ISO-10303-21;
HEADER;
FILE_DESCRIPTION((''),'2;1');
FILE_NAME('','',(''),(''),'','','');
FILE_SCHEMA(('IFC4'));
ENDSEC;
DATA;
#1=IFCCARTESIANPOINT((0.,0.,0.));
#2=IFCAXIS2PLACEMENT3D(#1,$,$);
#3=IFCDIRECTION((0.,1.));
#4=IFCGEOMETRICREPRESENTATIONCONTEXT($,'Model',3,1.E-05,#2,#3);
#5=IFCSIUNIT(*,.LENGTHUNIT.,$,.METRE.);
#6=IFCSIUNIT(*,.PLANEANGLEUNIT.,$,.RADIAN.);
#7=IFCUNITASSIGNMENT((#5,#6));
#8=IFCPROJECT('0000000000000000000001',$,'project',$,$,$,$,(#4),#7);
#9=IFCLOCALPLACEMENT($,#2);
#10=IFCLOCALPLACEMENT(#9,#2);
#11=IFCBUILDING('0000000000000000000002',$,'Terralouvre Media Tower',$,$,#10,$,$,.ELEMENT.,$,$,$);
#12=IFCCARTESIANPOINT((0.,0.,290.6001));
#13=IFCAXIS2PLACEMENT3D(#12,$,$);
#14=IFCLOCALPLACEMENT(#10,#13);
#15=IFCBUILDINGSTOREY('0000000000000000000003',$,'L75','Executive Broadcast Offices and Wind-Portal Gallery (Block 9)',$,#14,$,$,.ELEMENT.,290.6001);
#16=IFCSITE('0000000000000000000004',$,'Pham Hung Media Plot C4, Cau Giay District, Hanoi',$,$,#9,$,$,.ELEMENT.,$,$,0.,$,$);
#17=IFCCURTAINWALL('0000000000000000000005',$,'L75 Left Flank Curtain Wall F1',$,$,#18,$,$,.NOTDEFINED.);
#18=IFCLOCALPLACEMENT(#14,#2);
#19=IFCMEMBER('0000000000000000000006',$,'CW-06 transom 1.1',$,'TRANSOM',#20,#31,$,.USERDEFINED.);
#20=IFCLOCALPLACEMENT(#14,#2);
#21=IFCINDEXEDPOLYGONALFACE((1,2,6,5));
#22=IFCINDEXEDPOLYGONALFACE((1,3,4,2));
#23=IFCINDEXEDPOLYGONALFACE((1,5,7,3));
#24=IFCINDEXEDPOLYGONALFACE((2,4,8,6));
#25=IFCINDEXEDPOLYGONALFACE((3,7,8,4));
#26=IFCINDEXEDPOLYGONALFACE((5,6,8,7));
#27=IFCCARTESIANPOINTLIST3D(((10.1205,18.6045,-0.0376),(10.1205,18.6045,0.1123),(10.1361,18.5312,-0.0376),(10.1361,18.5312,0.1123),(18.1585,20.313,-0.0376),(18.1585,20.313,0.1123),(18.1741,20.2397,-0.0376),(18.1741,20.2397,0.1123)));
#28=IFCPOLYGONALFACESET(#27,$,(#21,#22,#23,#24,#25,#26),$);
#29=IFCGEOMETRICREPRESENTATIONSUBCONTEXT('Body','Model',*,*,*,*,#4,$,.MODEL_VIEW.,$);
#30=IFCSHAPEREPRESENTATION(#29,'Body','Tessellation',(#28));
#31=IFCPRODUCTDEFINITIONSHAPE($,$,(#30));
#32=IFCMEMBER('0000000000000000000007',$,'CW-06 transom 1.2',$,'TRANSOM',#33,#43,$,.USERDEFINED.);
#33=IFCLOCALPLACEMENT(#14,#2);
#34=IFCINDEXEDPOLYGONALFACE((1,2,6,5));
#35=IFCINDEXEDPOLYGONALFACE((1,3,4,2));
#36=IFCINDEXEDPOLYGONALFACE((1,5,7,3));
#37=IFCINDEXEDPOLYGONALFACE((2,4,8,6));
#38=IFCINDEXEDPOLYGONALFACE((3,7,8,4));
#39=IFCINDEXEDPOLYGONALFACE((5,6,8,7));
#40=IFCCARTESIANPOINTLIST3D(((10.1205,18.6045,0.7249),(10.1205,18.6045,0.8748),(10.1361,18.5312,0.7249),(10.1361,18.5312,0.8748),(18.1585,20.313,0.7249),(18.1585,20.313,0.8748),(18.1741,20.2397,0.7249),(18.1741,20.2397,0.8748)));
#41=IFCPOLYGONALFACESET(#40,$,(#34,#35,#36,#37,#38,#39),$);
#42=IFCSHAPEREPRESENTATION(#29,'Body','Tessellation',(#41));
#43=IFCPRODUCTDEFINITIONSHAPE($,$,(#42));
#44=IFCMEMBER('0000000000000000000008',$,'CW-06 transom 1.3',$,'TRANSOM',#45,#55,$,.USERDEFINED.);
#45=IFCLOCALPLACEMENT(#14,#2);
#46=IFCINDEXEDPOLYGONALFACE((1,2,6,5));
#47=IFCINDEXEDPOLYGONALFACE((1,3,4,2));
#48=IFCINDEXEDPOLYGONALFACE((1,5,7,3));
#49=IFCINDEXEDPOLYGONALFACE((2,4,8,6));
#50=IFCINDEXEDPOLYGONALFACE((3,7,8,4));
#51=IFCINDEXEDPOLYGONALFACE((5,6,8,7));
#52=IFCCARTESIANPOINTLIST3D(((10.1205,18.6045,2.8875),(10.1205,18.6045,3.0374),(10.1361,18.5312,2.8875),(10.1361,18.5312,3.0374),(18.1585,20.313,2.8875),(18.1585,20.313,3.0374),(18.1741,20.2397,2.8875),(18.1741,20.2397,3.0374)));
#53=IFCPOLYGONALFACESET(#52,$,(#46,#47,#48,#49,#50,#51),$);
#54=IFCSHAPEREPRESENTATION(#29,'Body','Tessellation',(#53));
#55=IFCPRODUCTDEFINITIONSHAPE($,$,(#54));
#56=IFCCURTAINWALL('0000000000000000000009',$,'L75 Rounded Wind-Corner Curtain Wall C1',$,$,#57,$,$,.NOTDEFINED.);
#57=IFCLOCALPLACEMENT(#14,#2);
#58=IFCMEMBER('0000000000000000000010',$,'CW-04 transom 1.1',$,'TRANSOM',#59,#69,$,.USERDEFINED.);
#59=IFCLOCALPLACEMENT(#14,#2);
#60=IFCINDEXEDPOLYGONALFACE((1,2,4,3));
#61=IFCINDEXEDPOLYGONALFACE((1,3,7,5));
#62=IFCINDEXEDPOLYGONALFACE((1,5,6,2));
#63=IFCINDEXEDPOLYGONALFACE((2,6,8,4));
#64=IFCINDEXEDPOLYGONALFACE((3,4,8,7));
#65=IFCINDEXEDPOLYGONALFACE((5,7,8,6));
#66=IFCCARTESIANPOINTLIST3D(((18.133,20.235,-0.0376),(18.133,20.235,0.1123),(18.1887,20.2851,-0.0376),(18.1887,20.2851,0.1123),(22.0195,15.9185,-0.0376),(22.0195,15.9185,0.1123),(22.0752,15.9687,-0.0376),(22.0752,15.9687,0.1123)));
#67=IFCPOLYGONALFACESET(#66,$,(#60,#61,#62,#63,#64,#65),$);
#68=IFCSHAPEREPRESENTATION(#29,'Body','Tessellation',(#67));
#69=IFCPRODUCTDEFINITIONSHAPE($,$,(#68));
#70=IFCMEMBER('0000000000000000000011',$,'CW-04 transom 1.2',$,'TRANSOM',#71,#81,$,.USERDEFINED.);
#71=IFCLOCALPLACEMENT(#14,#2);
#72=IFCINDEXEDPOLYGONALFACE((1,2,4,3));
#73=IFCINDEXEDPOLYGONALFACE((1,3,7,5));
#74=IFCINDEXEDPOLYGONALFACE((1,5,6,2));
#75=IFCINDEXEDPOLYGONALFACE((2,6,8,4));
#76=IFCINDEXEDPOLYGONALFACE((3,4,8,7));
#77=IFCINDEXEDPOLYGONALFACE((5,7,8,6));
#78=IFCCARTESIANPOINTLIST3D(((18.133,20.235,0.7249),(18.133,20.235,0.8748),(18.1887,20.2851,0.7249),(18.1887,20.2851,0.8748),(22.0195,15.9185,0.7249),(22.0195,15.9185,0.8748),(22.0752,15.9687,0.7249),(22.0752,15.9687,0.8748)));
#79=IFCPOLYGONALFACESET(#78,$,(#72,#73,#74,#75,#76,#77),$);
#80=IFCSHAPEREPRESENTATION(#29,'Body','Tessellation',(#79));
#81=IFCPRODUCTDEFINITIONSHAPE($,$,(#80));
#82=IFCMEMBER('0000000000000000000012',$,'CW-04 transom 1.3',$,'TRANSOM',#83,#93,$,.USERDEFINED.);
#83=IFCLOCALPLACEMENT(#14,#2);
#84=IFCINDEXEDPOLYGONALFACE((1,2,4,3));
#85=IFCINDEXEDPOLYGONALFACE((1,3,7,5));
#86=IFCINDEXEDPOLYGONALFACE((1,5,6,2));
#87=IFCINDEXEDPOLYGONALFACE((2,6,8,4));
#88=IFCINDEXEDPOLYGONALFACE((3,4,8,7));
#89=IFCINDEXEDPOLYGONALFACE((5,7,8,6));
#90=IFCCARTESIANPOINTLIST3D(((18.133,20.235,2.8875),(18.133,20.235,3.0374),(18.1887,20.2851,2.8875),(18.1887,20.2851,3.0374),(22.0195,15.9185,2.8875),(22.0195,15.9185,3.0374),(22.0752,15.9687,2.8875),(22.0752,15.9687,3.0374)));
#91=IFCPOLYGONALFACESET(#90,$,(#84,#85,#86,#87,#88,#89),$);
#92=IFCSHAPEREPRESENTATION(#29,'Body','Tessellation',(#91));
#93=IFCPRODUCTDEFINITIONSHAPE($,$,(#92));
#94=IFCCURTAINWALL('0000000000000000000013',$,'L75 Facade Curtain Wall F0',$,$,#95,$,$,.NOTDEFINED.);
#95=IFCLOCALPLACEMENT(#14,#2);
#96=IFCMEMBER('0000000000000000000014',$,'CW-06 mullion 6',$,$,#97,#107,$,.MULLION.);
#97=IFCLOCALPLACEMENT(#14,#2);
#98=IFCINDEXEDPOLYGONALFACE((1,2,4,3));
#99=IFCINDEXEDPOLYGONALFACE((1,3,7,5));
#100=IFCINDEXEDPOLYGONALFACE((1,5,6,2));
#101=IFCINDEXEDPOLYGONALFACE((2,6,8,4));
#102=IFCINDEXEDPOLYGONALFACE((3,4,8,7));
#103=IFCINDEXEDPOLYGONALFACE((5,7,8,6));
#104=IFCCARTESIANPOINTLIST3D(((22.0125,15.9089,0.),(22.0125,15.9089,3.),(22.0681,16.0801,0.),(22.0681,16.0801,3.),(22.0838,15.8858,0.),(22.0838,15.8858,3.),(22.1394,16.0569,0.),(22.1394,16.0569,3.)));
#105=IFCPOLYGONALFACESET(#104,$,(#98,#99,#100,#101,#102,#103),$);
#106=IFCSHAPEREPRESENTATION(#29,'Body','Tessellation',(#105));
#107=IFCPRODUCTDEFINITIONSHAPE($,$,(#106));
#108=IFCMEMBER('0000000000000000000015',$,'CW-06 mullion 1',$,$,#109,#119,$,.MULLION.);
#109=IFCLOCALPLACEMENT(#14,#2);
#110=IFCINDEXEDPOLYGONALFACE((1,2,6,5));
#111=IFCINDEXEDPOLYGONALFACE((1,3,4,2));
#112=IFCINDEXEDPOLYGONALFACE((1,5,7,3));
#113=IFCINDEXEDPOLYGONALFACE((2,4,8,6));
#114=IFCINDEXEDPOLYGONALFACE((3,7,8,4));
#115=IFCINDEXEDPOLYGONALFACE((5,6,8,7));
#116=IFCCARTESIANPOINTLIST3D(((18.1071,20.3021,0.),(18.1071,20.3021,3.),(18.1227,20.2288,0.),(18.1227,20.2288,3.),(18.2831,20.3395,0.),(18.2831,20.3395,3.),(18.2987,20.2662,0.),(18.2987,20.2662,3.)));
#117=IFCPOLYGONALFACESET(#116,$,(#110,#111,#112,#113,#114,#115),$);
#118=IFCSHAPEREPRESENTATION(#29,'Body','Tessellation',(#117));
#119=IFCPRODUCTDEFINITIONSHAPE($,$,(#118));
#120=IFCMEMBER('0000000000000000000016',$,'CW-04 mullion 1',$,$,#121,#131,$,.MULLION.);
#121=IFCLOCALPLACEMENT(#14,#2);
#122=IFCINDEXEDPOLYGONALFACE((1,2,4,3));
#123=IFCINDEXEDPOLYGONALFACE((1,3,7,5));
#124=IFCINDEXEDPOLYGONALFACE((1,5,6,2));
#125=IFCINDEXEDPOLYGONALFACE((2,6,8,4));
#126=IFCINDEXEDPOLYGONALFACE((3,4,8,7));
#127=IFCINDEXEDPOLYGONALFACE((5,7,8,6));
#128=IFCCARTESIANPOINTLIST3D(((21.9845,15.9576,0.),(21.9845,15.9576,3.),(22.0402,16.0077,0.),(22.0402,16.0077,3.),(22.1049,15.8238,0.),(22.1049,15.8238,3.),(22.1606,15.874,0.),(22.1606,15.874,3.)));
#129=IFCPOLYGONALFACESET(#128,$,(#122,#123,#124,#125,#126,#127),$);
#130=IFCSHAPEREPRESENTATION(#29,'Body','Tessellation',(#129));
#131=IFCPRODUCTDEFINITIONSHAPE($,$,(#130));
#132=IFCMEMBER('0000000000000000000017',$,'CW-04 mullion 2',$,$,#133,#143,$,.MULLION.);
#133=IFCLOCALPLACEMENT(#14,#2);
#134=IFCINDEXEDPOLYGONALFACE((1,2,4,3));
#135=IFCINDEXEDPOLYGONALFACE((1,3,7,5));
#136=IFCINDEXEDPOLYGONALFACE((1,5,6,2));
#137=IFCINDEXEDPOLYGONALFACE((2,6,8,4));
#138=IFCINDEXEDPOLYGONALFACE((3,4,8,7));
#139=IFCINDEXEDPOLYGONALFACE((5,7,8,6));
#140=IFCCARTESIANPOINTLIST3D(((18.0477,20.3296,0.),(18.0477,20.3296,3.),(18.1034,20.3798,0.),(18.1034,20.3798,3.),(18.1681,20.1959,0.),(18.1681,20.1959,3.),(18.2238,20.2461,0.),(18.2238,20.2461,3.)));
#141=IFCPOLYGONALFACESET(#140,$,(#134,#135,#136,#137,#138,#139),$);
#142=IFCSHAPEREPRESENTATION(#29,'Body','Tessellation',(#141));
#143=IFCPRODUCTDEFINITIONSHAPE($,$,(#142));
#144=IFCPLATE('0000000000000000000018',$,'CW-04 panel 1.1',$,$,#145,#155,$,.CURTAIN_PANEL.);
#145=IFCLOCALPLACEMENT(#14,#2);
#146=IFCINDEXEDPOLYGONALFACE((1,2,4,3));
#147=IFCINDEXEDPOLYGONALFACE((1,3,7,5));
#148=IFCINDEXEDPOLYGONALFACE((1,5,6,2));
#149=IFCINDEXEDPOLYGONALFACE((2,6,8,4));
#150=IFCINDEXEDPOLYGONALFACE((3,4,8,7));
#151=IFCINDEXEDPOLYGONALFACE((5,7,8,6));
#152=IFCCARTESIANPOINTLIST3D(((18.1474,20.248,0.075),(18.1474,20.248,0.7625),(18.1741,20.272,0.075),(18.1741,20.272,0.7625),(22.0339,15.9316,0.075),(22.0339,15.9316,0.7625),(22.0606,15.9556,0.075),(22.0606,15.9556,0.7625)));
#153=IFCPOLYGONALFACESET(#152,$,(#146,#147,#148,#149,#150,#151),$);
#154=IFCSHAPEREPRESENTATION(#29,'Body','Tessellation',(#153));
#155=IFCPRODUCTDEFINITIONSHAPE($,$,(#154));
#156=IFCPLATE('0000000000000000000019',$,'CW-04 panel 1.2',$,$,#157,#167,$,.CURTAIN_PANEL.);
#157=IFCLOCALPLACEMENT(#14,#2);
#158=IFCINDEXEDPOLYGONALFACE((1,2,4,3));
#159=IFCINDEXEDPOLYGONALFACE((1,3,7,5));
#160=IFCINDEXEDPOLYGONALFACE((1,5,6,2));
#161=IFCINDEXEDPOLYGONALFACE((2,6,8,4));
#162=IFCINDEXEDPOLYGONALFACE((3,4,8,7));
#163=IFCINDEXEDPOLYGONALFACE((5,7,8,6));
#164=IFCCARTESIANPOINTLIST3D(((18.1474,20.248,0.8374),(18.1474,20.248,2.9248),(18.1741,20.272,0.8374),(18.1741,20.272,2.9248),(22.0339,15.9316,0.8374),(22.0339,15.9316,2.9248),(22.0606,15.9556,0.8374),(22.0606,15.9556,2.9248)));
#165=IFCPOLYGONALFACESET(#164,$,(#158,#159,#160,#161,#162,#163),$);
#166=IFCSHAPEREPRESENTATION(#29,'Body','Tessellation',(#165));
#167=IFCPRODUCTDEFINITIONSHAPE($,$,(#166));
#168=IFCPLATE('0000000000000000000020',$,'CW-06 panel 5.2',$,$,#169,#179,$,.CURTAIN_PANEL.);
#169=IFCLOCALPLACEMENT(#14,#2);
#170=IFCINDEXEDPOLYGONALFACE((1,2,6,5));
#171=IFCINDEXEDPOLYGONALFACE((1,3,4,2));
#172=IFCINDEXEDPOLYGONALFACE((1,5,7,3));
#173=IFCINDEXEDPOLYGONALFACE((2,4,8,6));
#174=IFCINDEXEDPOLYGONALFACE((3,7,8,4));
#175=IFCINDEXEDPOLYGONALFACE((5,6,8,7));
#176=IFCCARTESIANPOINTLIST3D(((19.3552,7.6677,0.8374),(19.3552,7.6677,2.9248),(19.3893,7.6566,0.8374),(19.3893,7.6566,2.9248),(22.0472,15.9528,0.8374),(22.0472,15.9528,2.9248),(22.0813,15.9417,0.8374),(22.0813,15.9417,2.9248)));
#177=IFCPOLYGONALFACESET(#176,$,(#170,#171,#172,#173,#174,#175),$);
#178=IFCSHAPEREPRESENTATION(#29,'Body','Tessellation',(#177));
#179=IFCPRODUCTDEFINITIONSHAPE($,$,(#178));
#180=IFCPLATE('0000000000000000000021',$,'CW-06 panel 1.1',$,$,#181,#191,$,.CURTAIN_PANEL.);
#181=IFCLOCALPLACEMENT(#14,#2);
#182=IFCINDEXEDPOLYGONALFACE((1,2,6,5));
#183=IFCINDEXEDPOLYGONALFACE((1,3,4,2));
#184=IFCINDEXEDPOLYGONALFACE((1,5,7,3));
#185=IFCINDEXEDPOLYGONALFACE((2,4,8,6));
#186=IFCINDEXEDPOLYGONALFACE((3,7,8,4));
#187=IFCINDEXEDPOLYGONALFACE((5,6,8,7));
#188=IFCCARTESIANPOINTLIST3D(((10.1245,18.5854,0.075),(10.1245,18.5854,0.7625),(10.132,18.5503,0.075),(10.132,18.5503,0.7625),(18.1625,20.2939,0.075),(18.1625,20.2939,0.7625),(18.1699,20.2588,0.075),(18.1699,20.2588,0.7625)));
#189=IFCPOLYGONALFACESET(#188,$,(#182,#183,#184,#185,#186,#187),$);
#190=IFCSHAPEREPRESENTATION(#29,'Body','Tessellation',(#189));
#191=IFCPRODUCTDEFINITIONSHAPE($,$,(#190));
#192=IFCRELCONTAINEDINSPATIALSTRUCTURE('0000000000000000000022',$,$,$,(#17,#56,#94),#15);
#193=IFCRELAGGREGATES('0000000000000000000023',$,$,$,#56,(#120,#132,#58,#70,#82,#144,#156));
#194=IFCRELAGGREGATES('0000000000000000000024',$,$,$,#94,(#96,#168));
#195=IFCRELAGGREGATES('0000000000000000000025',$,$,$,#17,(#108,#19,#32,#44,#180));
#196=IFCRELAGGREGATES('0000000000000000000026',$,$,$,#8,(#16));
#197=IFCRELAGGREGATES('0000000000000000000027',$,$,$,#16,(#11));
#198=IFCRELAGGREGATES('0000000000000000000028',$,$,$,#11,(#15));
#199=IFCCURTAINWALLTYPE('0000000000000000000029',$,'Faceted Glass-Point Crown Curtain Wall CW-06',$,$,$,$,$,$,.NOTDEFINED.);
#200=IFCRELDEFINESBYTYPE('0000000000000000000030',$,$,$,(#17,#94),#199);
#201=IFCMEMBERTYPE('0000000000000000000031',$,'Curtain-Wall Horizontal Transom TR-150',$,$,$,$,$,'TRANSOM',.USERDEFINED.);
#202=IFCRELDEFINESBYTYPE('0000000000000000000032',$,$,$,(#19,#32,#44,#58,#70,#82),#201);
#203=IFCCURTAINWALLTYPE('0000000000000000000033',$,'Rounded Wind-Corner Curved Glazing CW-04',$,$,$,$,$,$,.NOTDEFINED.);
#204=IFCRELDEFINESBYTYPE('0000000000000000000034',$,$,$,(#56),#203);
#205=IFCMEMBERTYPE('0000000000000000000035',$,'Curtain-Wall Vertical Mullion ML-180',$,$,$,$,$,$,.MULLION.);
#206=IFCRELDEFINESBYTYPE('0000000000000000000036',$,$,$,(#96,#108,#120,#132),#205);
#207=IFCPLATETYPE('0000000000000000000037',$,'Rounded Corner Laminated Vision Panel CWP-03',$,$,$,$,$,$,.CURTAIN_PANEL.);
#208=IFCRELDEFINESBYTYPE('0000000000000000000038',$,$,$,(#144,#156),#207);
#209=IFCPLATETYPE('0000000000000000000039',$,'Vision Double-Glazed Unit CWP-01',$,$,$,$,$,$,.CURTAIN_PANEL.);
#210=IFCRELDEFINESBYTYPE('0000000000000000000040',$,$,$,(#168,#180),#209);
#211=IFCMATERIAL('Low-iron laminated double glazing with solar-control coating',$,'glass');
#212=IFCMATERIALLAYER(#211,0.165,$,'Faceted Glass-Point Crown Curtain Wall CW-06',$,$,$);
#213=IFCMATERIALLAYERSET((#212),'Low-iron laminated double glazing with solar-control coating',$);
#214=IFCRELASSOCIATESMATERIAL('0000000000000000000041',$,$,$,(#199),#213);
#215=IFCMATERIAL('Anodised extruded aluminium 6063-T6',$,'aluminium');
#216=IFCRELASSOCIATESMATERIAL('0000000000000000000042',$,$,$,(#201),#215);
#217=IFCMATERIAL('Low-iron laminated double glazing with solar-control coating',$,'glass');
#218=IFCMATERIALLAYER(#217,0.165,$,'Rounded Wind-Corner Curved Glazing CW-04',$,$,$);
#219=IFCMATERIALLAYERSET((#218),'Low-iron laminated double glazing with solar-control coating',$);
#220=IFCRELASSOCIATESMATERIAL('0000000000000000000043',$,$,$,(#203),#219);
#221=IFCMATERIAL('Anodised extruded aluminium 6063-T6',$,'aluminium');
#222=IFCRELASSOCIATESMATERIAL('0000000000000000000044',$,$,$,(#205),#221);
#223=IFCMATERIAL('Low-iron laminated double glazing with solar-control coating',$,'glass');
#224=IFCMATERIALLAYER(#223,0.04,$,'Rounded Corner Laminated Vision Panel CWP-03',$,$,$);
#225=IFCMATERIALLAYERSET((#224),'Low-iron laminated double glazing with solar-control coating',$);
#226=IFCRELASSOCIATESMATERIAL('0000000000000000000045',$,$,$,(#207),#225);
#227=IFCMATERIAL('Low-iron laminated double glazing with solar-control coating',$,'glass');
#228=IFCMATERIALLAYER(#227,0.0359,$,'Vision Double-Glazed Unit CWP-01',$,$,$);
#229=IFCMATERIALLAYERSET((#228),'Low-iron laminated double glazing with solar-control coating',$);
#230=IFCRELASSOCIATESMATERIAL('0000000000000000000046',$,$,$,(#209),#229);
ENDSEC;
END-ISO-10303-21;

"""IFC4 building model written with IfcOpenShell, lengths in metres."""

from ifc_helpers import new_model, si_unit, direction, frame, origin, origin_2d, place, context, subcontext, project, spatial, rectangle, extrude, material, layer, layer_set, material_profile, profile_set, type_object, element, aggregate, save


model = new_model("IFC4")

# Units and contexts
model_context = context("Model", 3, precision=1e-05, world=origin(), true_north=direction((0.0, 1.0)))
body_context = subcontext(model_context, "Body", "Model", "MODEL_VIEW")
ifc_project = project(units=[si_unit("LENGTHUNIT", "METRE"), si_unit("PLANEANGLEUNIT", "RADIAN")], contexts=[model_context])

# Site, building, storey
site_placement = place(None, origin())
site = spatial("IfcSite", under=ifc_project, at=site_placement, Name="Pham Hung Media Plot C4, Cau Giay District, Hanoi", CompositionType="ELEMENT", RefElevation=0.0)
building_placement = place(site_placement, origin())
building = spatial("IfcBuilding", under=site, at=building_placement, Name="Terralouvre Media Tower", CompositionType="ELEMENT")
storey_placement = place(building_placement, frame((0.0, 0.0, 290.6001)))
storey = spatial("IfcBuildingStorey", under=building, at=storey_placement, Name="L75", Description="Executive Broadcast Offices and Wind-Portal Gallery (Block 9)", CompositionType="ELEMENT", Elevation=290.6001)

# Curtain walls, members
ifc_material_1 = material(Name="Low-iron laminated double glazing with solar-control coating", Category="glass")
ifc_layer_1 = layer(ifc_material_1, 0.165, Name="Faceted Glass-Point Crown Curtain Wall CW-06")
ifc_layer_set_1 = layer_set([ifc_layer_1], Name="Low-iron laminated double glazing with solar-control coating")
curtain_wall_type_1 = type_object("IfcCurtainWallType", Name="Faceted Glass-Point Crown Curtain Wall CW-06", PredefinedType="NOTDEFINED", material=ifc_layer_set_1)
curtain_wall_1_placement = place(storey_placement, origin())
curtain_wall_1 = element("IfcCurtainWall", 1, at=curtain_wall_1_placement, inside=storey, type_object=curtain_wall_type_1, Name="L75 Left Flank Curtain Wall F1", PredefinedType="NOTDEFINED")
ifc_material_2 = material(Name="Anodised extruded aluminium 6063-T6", Category="aluminium")
ifc_material_profile_1 = material_profile(ifc_material_2, rectangle(XDim=0.075, YDim=0.1499, at=origin_2d()), Name="ALU 75x150")
ifc_profile_set_1 = profile_set([ifc_material_profile_1], Name="Anodised extruded aluminium 6063-T6")
member_type_1 = type_object("IfcMemberType", Name="Curtain-Wall Horizontal Transom TR-150", ElementType="TRANSOM", PredefinedType="USERDEFINED", material=ifc_profile_set_1)
member_1_placement = place(storey_placement, frame((18.1663, 20.2764, 0.0374), z_axis=(-0.978148, -0.207912, 0.0), x_axis=(0.207912, -0.978148, 0.0)))
member_1 = element("IfcMember", 2, at=member_1_placement, type_object=member_type_1, Name="CW-06 transom 1.1", ObjectType="TRANSOM", PredefinedType="USERDEFINED", context=body_context, shape_type="SweptSolid", body=[
    extrude(rectangle(XDim=0.075, YDim=0.1499, at=origin_2d()), origin(), (0.0, 0.0, 1.0), 8.2175),
])
member_2_placement = place(storey_placement, frame((18.1663, 20.2764, 0.7998), z_axis=(-0.978148, -0.207912, 0.0), x_axis=(0.207912, -0.978148, 0.0)))
member_2 = element("IfcMember", 3, at=member_2_placement, type_object=member_type_1, Name="CW-06 transom 1.2", ObjectType="TRANSOM", PredefinedType="USERDEFINED", context=body_context, shape_type="SweptSolid", body=[
    extrude(rectangle(XDim=0.075, YDim=0.1499, at=origin_2d()), origin(), (0.0, 0.0, 1.0), 8.2175),
])
member_3_placement = place(storey_placement, frame((18.1663, 20.2764, 2.9624), z_axis=(-0.978148, -0.207912, 0.0), x_axis=(0.207912, -0.978148, 0.0)))
member_3 = element("IfcMember", 4, at=member_3_placement, type_object=member_type_1, Name="CW-06 transom 1.3", ObjectType="TRANSOM", PredefinedType="USERDEFINED", context=body_context, shape_type="SweptSolid", body=[
    extrude(rectangle(XDim=0.075, YDim=0.1499, at=origin_2d()), origin(), (0.0, 0.0, 1.0), 8.2175),
])
ifc_material_3 = material(Name="Low-iron laminated double glazing with solar-control coating", Category="glass")
ifc_layer_2 = layer(ifc_material_3, 0.165, Name="Rounded Wind-Corner Curved Glazing CW-04")
ifc_layer_set_2 = layer_set([ifc_layer_2], Name="Low-iron laminated double glazing with solar-control coating")
curtain_wall_type_2 = type_object("IfcCurtainWallType", Name="Rounded Wind-Corner Curved Glazing CW-04", PredefinedType="NOTDEFINED", material=ifc_layer_set_2)
curtain_wall_2_placement = place(storey_placement, origin())
curtain_wall_2 = element("IfcCurtainWall", 5, at=curtain_wall_2_placement, inside=storey, type_object=curtain_wall_type_2, Name="L75 Rounded Wind-Corner Curtain Wall C1", PredefinedType="NOTDEFINED")
member_4_placement = place(storey_placement, frame((22.0474, 15.9436, 0.0374), z_axis=(-0.669127, 0.743148, 0.0), x_axis=(-0.743148, -0.669127, 0.0)))
member_4 = element("IfcMember", 6, at=member_4_placement, type_object=member_type_1, Name="CW-04 transom 1.1", ObjectType="TRANSOM", PredefinedType="USERDEFINED", context=body_context, shape_type="SweptSolid", body=[
    extrude(rectangle(XDim=0.075, YDim=0.1499, at=origin_2d()), origin(), (0.0, 0.0, 1.0), 5.8083),
])
member_5_placement = place(storey_placement, frame((22.0474, 15.9436, 0.7998), z_axis=(-0.669127, 0.743148, 0.0), x_axis=(-0.743148, -0.669127, 0.0)))
member_5 = element("IfcMember", 7, at=member_5_placement, type_object=member_type_1, Name="CW-04 transom 1.2", ObjectType="TRANSOM", PredefinedType="USERDEFINED", context=body_context, shape_type="SweptSolid", body=[
    extrude(rectangle(XDim=0.075, YDim=0.1499, at=origin_2d()), origin(), (0.0, 0.0, 1.0), 5.8083),
])
member_6_placement = place(storey_placement, frame((22.0474, 15.9436, 2.9624), z_axis=(-0.669127, 0.743148, 0.0), x_axis=(-0.743148, -0.669127, 0.0)))
member_6 = element("IfcMember", 8, at=member_6_placement, type_object=member_type_1, Name="CW-04 transom 1.3", ObjectType="TRANSOM", PredefinedType="USERDEFINED", context=body_context, shape_type="SweptSolid", body=[
    extrude(rectangle(XDim=0.075, YDim=0.1499, at=origin_2d()), origin(), (0.0, 0.0, 1.0), 5.8083),
])

# Curtain wall, member
curtain_wall_3_placement = place(storey_placement, origin())
curtain_wall_3 = element("IfcCurtainWall", 9, at=curtain_wall_3_placement, inside=storey, type_object=curtain_wall_type_1, Name="L75 Facade Curtain Wall F0", PredefinedType="NOTDEFINED")
ifc_material_4 = material(Name="Anodised extruded aluminium 6063-T6", Category="aluminium")
ifc_material_profile_2 = material_profile(ifc_material_4, rectangle(XDim=0.075, YDim=0.1799, at=origin_2d()), Name="ALU 75x180")
ifc_profile_set_2 = profile_set([ifc_material_profile_2], Name="Anodised extruded aluminium 6063-T6")
member_type_2 = type_object("IfcMemberType", Name="Curtain-Wall Vertical Mullion ML-180", PredefinedType="MULLION", material=ifc_profile_set_2)
member_7_placement = place(storey_placement, frame((22.0759, 15.9829, 0.0), z_axis=(0.0, 0.0, 1.0), x_axis=(-0.951057, 0.309017, 0.0)))
member_7 = element("IfcMember", 10, at=member_7_placement, type_object=member_type_2, Name="CW-06 mullion 6", PredefinedType="MULLION", context=body_context, shape_type="SweptSolid", body=[
    extrude(rectangle(XDim=0.075, YDim=0.1799, at=origin_2d()), origin(), (0.0, 0.0, 1.0), 3.0),
])

# Members
member_8_placement = place(storey_placement, frame((18.2029, 20.2842, 0.0), z_axis=(0.0, 0.0, 1.0), x_axis=(0.207912, -0.978148, 0.0)))
member_8 = element("IfcMember", 11, at=member_8_placement, type_object=member_type_2, Name="CW-06 mullion 1", PredefinedType="MULLION", context=body_context, shape_type="SweptSolid", body=[
    extrude(rectangle(XDim=0.075, YDim=0.1799, at=origin_2d()), origin(), (0.0, 0.0, 1.0), 3.0),
])
member_9_placement = place(storey_placement, frame((22.0725, 15.9158, 0.0), z_axis=(0.0, 0.0, 1.0), x_axis=(-0.743145, -0.66913, 0.0)))
member_9 = element("IfcMember", 12, at=member_9_placement, type_object=member_type_2, Name="CW-04 mullion 1", PredefinedType="MULLION", context=body_context, shape_type="SweptSolid", body=[
    extrude(rectangle(XDim=0.075, YDim=0.1799, at=origin_2d()), origin(), (0.0, 0.0, 1.0), 3.0),
])
member_10_placement = place(storey_placement, frame((18.1357, 20.2878, 0.0), z_axis=(0.0, 0.0, 1.0), x_axis=(-0.743145, -0.66913, 0.0)))
member_10 = element("IfcMember", 13, at=member_10_placement, type_object=member_type_2, Name="CW-04 mullion 2", PredefinedType="MULLION", context=body_context, shape_type="SweptSolid", body=[
    extrude(rectangle(XDim=0.075, YDim=0.1799, at=origin_2d()), origin(), (0.0, 0.0, 1.0), 3.0),
])

# Plates
ifc_material_5 = material(Name="Low-iron laminated double glazing with solar-control coating", Category="glass")
ifc_layer_3 = layer(ifc_material_5, 0.04, Name="Rounded Corner Laminated Vision Panel CWP-03")
ifc_layer_set_3 = layer_set([ifc_layer_3], Name="Low-iron laminated double glazing with solar-control coating")
plate_type_1 = type_object("IfcPlateType", Name="Rounded Corner Laminated Vision Panel CWP-03", PredefinedType="CURTAIN_PANEL", material=ifc_layer_set_3)
plate_1_placement = place(storey_placement, frame((20.104, 18.1018, 0.075), z_axis=(0.0, 0.0, 1.0), x_axis=(-0.66913, 0.743145, 0.0)))
plate_1 = element("IfcPlate", 14, at=plate_1_placement, type_object=plate_type_1, Name="CW-04 panel 1.1", PredefinedType="CURTAIN_PANEL", context=body_context, shape_type="SweptSolid", body=[
    extrude(rectangle(XDim=5.8083, YDim=0.0359, at=origin_2d()), origin(), (0.0, 0.0, 1.0), 0.6875),
])
plate_2_placement = place(storey_placement, frame((20.104, 18.1018, 0.8374), z_axis=(0.0, 0.0, 1.0), x_axis=(-0.66913, 0.743145, 0.0)))
plate_2 = element("IfcPlate", 15, at=plate_2_placement, type_object=plate_type_1, Name="CW-04 panel 1.2", PredefinedType="CURTAIN_PANEL", context=body_context, shape_type="SweptSolid", body=[
    extrude(rectangle(XDim=5.8083, YDim=0.0359, at=origin_2d()), origin(), (0.0, 0.0, 1.0), 2.0874),
])
aggregate(curtain_wall_2, [member_9, member_10, member_4, member_5, member_6, plate_1, plate_2])
ifc_material_6 = material(Name="Low-iron laminated double glazing with solar-control coating", Category="glass")
ifc_layer_4 = layer(ifc_material_6, 0.0359, Name="Vision Double-Glazed Unit CWP-01")
ifc_layer_set_4 = layer_set([ifc_layer_4], Name="Low-iron laminated double glazing with solar-control coating")
plate_type_2 = type_object("IfcPlateType", Name="Vision Double-Glazed Unit CWP-01", PredefinedType="CURTAIN_PANEL", material=ifc_layer_set_4)
plate_3_placement = place(storey_placement, frame((20.7183, 11.8047, 0.8374), z_axis=(0.0, 0.0, 1.0), x_axis=(0.309017, 0.951057, 0.0)))
plate_3 = element("IfcPlate", 16, at=plate_3_placement, type_object=plate_type_2, Name="CW-06 panel 5.2", PredefinedType="CURTAIN_PANEL", context=body_context, shape_type="SweptSolid", body=[
    extrude(rectangle(XDim=8.7114, YDim=0.0359, at=origin_2d()), origin(), (0.0, 0.0, 1.0), 2.0874),
])
aggregate(curtain_wall_3, [member_7, plate_3])
plate_4_placement = place(storey_placement, frame((14.1472, 19.4221, 0.075), z_axis=(0.0, 0.0, 1.0), x_axis=(-0.978148, -0.207912, 0.0)))
plate_4 = element("IfcPlate", 17, at=plate_4_placement, type_object=plate_type_2, Name="CW-06 panel 1.1", PredefinedType="CURTAIN_PANEL", context=body_context, shape_type="SweptSolid", body=[
    extrude(rectangle(XDim=8.2175, YDim=0.0359, at=origin_2d()), origin(), (0.0, 0.0, 1.0), 0.6875),
])
aggregate(curtain_wall_1, [member_8, member_1, member_2, member_3, plate_4])

save(model, "model.ifc")
